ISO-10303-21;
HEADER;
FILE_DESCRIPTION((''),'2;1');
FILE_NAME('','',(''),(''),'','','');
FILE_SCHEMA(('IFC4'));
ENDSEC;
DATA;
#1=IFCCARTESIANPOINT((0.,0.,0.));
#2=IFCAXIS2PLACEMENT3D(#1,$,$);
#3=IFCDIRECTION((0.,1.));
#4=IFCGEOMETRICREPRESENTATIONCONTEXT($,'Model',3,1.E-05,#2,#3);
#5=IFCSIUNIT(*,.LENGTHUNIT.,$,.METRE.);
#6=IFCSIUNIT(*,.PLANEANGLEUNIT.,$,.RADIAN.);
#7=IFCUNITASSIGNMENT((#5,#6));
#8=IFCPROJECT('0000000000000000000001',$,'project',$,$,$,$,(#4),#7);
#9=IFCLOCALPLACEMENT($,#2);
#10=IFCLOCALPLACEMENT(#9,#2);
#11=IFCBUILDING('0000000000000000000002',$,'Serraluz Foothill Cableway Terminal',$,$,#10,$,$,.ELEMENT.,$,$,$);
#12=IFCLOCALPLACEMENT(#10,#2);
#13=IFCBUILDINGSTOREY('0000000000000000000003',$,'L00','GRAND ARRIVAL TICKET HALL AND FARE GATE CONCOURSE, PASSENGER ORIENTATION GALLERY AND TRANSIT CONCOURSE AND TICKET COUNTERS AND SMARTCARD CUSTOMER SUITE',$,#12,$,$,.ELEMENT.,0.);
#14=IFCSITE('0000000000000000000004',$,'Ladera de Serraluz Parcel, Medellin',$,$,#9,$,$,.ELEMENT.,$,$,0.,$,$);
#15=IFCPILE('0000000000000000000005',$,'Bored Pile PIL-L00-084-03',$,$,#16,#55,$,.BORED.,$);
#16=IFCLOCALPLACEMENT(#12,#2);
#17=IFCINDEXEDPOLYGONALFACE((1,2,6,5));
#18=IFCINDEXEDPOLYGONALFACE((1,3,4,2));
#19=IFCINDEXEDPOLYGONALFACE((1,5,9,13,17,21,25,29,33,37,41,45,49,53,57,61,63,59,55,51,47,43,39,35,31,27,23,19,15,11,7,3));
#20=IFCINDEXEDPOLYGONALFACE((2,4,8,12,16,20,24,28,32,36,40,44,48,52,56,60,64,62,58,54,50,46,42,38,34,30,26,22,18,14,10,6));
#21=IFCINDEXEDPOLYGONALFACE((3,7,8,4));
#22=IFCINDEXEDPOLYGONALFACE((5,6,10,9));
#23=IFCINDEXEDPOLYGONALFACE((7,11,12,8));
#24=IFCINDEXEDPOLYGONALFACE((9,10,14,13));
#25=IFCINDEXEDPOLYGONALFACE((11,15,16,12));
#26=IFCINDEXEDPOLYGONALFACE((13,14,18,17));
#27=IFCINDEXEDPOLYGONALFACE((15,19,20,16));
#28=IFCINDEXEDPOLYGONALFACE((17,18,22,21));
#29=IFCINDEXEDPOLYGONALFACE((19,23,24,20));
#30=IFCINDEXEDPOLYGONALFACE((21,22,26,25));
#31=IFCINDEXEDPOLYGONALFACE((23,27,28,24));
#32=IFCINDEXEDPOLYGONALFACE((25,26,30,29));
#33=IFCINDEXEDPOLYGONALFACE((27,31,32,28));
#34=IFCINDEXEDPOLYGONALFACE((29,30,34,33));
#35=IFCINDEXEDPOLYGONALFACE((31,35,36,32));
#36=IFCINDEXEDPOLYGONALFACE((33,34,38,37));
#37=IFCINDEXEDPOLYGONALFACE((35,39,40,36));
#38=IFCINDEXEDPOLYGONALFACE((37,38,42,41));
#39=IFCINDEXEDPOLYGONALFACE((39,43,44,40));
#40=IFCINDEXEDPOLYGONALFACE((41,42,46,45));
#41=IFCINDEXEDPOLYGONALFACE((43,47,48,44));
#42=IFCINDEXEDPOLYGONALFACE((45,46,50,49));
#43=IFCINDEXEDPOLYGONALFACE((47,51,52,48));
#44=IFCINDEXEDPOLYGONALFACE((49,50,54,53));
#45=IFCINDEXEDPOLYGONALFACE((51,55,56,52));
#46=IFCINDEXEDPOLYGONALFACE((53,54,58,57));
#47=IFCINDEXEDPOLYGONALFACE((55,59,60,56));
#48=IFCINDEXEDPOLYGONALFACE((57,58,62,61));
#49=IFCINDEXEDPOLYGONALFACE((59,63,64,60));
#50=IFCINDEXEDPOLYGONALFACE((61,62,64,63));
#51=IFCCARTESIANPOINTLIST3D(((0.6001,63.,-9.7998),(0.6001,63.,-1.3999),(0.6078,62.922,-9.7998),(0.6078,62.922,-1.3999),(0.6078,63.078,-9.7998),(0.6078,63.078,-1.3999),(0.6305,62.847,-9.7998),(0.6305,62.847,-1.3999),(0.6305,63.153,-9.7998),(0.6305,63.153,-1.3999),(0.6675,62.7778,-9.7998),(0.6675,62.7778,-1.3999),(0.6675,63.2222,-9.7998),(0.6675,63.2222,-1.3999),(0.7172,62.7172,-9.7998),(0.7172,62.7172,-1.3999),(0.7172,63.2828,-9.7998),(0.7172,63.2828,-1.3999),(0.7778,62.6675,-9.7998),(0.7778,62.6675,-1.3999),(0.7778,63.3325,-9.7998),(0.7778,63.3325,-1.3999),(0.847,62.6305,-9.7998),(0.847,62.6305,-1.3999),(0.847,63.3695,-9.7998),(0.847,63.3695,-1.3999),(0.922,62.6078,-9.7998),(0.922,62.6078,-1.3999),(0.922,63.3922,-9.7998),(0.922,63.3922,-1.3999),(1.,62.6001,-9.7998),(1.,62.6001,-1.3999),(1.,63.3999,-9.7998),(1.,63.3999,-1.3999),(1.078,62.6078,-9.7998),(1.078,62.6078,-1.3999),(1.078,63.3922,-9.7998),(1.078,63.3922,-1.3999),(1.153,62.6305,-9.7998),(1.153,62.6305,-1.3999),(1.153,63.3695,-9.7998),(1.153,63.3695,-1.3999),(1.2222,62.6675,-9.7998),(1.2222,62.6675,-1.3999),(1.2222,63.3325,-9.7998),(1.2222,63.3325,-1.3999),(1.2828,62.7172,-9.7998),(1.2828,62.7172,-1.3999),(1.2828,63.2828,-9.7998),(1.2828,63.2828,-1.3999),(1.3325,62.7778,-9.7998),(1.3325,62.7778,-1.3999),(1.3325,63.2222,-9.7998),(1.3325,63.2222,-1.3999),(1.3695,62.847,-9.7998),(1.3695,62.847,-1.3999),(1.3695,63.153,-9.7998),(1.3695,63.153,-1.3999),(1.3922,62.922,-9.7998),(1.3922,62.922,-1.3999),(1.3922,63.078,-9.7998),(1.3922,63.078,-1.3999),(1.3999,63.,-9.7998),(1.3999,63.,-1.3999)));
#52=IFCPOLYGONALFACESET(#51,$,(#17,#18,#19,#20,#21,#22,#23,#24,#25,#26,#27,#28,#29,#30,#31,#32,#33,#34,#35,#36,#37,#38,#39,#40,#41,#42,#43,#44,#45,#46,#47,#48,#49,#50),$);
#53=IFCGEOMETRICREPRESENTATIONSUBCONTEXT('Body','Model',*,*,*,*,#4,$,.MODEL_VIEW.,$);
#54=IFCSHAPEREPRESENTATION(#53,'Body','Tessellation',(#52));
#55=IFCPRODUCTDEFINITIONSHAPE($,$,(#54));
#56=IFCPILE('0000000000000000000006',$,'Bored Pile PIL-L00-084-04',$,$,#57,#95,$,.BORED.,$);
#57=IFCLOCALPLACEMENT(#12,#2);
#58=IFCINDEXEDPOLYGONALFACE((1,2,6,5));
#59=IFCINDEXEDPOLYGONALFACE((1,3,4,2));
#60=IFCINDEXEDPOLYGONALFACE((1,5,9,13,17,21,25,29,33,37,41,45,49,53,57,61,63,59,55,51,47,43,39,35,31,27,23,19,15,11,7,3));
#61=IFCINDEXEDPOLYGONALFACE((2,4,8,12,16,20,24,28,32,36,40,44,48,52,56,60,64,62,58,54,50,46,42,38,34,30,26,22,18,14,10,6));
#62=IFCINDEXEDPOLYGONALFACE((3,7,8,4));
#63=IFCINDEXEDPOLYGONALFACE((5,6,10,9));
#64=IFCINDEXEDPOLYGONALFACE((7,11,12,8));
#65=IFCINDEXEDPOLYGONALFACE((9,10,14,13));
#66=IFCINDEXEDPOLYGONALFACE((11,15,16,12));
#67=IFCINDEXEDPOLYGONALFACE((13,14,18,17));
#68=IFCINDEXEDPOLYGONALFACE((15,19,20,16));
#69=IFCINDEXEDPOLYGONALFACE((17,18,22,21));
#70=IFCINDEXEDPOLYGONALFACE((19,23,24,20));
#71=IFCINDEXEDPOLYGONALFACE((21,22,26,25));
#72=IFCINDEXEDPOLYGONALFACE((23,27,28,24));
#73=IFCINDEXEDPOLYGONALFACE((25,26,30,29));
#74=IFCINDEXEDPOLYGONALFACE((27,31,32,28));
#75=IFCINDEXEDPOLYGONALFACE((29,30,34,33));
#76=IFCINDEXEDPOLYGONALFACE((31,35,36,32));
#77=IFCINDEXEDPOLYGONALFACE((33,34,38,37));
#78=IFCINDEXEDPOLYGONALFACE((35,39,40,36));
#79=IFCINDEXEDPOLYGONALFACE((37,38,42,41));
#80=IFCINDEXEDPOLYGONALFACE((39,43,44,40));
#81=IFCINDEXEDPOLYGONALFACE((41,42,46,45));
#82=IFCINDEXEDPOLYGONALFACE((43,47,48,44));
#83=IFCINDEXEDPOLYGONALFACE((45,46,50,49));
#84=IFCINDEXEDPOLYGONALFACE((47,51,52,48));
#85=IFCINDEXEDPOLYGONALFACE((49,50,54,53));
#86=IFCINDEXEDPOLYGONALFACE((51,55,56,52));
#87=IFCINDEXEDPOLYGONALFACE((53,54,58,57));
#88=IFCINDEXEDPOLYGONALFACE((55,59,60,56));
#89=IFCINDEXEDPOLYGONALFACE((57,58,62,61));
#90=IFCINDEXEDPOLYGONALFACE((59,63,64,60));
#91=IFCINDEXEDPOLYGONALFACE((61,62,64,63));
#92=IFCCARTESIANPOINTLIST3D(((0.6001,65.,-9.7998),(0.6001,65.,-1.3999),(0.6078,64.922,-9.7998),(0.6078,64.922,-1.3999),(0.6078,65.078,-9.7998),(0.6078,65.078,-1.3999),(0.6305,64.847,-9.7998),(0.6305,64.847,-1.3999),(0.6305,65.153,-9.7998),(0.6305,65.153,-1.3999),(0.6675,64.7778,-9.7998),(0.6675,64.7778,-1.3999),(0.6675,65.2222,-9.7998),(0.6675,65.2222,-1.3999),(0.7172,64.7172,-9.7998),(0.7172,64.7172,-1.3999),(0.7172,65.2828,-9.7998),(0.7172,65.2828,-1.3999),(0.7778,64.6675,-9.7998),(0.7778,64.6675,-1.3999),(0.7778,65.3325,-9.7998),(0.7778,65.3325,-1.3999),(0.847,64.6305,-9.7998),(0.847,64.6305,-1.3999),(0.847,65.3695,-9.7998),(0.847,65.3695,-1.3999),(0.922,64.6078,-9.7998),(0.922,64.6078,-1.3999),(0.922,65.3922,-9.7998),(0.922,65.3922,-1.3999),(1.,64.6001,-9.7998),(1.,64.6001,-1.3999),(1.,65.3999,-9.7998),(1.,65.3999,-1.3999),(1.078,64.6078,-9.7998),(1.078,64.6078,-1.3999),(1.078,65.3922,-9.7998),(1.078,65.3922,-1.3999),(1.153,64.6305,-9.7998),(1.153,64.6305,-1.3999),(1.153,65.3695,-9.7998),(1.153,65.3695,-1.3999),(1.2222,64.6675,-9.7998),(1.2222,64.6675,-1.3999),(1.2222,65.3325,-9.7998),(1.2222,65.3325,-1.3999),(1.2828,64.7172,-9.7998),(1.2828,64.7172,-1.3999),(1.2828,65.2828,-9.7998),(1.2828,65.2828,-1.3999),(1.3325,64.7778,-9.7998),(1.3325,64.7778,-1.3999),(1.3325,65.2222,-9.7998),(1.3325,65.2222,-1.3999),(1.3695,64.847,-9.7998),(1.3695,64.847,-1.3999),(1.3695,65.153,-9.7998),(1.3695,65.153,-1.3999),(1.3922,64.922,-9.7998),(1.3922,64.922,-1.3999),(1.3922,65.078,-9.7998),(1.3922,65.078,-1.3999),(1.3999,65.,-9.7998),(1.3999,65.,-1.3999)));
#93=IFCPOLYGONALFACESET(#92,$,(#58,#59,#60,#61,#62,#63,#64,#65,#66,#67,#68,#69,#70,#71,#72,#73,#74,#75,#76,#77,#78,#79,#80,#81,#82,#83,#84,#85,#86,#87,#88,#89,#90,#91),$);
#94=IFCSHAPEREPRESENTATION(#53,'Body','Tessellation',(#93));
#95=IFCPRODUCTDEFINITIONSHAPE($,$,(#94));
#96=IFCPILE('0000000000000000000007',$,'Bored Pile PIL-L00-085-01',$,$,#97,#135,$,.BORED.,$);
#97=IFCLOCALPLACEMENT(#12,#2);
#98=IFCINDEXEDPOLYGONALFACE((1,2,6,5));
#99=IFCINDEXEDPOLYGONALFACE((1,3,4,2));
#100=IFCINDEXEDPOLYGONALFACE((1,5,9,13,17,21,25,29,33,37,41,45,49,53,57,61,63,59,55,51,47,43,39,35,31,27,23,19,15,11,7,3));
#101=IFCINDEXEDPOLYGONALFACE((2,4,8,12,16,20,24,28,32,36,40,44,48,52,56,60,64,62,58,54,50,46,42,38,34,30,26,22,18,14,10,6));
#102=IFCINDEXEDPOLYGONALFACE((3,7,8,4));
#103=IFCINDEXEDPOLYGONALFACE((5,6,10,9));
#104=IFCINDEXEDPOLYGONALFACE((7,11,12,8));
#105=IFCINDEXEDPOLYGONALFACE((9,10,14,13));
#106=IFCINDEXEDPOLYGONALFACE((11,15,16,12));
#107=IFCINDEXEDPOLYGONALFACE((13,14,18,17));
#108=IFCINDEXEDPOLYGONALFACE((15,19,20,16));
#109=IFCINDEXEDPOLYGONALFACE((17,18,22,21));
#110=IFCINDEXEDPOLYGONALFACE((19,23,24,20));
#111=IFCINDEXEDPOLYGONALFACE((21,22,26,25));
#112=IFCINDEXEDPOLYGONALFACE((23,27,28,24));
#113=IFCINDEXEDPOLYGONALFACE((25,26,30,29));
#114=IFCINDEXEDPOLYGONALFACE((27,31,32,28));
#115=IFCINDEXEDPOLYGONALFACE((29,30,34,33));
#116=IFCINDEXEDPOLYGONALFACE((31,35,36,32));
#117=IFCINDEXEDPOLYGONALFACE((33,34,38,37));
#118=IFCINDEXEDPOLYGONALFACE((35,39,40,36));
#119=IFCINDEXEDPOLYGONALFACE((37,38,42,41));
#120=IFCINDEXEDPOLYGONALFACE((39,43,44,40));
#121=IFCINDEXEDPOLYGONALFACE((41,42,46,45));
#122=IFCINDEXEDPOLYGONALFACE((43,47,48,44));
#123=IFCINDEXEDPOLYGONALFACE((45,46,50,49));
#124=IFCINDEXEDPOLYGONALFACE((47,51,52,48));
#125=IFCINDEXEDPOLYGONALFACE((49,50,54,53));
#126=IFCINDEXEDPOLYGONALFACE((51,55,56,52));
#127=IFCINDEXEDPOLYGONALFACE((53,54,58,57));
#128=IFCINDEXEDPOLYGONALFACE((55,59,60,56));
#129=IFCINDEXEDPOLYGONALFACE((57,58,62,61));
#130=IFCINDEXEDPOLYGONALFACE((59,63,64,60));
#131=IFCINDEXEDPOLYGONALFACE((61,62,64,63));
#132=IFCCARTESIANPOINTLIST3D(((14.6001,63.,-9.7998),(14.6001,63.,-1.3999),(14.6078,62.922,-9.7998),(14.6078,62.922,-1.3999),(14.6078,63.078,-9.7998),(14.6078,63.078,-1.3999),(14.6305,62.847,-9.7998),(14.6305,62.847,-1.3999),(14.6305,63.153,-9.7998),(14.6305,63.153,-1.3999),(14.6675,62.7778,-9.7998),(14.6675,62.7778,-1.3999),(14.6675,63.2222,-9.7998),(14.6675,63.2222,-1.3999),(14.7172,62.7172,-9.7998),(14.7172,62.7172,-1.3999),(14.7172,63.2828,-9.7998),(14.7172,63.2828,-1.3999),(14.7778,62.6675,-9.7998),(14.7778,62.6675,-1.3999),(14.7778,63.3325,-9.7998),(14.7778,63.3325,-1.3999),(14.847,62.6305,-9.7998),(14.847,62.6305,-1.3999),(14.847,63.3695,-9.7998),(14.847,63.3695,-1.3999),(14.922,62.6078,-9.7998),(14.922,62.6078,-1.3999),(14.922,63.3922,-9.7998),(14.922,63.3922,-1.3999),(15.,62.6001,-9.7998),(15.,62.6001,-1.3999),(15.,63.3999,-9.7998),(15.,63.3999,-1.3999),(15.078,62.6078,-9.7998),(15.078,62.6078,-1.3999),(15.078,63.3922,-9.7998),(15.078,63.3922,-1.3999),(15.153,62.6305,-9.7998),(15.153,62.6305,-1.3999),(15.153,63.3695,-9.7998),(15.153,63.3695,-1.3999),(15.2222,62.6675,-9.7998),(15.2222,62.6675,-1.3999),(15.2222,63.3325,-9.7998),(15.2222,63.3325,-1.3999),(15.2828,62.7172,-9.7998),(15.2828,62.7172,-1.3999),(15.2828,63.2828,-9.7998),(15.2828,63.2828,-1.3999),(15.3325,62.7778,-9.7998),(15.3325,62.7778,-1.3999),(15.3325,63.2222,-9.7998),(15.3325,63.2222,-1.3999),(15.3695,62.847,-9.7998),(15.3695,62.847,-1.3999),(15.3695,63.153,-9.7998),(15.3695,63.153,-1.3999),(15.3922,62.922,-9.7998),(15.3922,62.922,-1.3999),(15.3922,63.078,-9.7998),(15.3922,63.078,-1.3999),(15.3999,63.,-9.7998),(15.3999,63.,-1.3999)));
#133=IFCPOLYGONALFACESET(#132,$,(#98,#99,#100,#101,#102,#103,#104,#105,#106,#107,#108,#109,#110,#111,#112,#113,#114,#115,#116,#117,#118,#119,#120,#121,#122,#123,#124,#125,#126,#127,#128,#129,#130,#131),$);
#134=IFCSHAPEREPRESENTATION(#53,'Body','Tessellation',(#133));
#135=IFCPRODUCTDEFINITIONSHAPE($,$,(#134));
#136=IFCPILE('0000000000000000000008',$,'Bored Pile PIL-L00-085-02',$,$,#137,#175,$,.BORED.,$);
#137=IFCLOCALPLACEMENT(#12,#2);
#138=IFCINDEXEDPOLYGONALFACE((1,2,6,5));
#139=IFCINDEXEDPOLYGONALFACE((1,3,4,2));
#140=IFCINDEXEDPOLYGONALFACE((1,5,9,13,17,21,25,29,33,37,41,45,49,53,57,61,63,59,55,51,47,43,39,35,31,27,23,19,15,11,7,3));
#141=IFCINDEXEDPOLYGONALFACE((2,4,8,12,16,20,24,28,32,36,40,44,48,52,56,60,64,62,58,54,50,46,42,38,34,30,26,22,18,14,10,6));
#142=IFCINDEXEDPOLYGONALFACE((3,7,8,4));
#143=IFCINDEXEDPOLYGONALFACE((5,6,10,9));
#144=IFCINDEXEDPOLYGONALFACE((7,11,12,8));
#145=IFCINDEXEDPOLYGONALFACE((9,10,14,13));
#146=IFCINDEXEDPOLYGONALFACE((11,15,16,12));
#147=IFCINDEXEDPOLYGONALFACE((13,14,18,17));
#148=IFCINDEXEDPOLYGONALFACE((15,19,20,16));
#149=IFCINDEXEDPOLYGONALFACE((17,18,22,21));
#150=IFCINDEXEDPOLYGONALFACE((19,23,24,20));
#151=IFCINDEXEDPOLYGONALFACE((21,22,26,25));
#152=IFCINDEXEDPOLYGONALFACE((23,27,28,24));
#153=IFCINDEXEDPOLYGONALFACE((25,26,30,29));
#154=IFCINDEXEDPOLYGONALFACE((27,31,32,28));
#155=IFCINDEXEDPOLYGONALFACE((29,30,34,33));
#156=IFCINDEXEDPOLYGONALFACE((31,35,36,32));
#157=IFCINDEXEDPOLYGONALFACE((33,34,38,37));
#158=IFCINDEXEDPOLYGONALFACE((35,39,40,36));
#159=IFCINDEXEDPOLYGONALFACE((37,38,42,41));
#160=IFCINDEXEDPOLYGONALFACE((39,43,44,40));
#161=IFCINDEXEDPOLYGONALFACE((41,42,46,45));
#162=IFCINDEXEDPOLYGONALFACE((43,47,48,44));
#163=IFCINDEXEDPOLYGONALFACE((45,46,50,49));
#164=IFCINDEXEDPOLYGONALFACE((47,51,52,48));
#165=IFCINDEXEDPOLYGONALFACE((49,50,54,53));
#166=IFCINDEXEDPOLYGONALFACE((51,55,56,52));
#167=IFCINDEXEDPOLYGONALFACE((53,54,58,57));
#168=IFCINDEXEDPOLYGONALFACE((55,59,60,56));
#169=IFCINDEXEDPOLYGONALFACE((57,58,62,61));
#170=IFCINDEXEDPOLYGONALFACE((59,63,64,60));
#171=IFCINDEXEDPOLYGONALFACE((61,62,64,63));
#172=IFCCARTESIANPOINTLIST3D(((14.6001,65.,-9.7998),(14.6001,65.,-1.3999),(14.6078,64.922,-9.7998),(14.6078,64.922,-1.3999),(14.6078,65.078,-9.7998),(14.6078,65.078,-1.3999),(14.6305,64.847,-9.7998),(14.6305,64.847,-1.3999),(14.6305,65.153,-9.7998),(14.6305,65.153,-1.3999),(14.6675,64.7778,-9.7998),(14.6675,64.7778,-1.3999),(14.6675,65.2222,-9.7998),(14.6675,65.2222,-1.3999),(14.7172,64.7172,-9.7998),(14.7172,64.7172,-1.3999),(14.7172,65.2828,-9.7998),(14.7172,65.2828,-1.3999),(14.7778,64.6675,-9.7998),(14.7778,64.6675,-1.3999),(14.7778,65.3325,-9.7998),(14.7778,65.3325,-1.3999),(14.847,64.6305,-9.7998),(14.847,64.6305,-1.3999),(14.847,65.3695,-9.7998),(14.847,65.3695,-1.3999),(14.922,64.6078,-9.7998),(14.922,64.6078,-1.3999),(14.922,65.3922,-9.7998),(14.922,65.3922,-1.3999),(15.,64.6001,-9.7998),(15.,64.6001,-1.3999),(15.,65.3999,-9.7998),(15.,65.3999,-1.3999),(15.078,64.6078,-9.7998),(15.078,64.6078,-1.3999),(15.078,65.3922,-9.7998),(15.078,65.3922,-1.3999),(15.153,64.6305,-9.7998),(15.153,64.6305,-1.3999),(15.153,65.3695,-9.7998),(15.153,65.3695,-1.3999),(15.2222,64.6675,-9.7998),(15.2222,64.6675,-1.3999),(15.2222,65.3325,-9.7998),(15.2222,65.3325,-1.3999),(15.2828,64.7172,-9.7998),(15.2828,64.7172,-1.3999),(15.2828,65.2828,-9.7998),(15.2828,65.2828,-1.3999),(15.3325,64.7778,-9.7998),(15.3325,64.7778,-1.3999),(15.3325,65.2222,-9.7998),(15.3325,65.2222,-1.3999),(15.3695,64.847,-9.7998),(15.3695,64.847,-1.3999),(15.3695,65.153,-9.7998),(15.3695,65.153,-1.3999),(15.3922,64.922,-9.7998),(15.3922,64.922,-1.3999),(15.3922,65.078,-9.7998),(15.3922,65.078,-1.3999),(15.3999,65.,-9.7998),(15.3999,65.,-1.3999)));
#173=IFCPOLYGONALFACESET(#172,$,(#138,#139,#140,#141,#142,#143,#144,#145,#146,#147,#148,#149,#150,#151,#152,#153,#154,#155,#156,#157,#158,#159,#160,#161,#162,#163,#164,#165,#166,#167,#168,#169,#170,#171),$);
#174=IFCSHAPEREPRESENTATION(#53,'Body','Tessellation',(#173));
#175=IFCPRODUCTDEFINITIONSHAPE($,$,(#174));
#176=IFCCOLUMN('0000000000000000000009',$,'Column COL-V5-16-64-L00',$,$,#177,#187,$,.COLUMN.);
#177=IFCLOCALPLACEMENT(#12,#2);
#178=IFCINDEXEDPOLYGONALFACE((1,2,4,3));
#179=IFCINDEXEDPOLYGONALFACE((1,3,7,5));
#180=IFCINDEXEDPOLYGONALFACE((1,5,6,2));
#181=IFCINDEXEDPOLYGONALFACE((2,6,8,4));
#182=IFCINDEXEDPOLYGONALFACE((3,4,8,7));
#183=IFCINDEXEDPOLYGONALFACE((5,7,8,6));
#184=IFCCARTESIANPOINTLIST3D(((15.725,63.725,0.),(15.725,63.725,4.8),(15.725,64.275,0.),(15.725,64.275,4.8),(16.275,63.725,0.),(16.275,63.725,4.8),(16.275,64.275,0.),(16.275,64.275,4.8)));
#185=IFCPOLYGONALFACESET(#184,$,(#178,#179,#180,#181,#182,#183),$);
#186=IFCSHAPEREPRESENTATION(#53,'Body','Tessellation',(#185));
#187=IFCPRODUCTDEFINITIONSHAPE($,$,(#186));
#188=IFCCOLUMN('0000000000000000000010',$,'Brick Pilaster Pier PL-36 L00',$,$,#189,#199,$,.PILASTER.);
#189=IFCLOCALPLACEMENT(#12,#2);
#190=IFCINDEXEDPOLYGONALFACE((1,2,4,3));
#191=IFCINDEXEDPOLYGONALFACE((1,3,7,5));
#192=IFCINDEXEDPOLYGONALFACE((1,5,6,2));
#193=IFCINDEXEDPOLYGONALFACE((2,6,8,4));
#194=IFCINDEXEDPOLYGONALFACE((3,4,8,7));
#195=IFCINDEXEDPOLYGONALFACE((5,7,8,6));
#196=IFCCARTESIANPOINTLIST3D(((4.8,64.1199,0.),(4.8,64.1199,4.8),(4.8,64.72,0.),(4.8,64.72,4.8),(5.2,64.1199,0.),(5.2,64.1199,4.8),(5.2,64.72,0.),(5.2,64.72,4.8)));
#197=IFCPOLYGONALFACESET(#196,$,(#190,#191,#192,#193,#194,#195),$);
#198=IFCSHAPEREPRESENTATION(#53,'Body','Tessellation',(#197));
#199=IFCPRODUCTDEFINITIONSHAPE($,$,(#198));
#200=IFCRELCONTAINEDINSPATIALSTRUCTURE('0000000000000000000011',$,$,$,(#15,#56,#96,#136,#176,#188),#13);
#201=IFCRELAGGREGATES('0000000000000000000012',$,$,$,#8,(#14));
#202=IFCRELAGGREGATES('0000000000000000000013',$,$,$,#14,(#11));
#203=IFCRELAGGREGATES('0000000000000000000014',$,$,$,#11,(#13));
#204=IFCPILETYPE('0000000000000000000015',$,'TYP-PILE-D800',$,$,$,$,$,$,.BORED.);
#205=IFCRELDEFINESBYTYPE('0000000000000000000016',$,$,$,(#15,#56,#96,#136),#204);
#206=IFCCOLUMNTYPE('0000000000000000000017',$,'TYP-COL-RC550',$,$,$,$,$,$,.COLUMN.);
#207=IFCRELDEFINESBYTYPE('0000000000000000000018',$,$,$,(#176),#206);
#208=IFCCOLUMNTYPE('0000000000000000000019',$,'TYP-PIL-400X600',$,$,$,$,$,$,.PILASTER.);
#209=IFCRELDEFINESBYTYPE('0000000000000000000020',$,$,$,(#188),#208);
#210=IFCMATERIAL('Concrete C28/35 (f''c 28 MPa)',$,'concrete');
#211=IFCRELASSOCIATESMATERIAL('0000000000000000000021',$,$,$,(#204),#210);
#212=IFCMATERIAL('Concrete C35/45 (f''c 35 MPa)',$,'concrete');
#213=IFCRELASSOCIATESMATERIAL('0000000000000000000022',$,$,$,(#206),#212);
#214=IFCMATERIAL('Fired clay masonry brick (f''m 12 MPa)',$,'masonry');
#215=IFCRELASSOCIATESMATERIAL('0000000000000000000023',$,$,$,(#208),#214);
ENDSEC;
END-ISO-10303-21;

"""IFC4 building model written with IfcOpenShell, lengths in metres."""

from ifc_helpers import new_model, si_unit, direction, frame, origin, origin_2d, place, context, subcontext, project, spatial, rectangle, circle, extrude, material, material_profile, profile_set, type_object, element, save


model = new_model("IFC4")

# Units and contexts
model_context = context("Model", 3, precision=1e-05, world=origin(), true_north=direction((0.0, 1.0)))
body_context = subcontext(model_context, "Body", "Model", "MODEL_VIEW")
ifc_project = project(units=[si_unit("LENGTHUNIT", "METRE"), si_unit("PLANEANGLEUNIT", "RADIAN")], contexts=[model_context])

# Site, building, storey
site_placement = place(None, origin())
site = spatial("IfcSite", under=ifc_project, at=site_placement, Name="Ladera de Serraluz Parcel, Medellin", CompositionType="ELEMENT", RefElevation=0.0)
building_placement = place(site_placement, origin())
building = spatial("IfcBuilding", under=site, at=building_placement, Name="Serraluz Foothill Cableway Terminal", CompositionType="ELEMENT")
storey_placement = place(building_placement, origin())
storey = spatial("IfcBuildingStorey", under=building, at=storey_placement, Name="L00", Description="GRAND ARRIVAL TICKET HALL AND FARE GATE CONCOURSE, PASSENGER ORIENTATION GALLERY AND TRANSIT CONCOURSE AND TICKET COUNTERS AND SMARTCARD CUSTOMER SUITE", CompositionType="ELEMENT", Elevation=0.0)

# Shared definitions
ifc_material_1 = material(Name="Concrete C35/45 (f'c 35 MPa)", Category="concrete")

# Piles
ifc_material_2 = material(Name="Concrete C28/35 (f'c 28 MPa)", Category="concrete")
ifc_material_profile_1 = material_profile(ifc_material_2, circle(Radius=0.3999, at=origin_2d()), Name="BORED PILE D800")
ifc_profile_set_1 = profile_set([ifc_material_profile_1], Name="Concrete C28/35 (f'c 28 MPa)")
pile_type = type_object("IfcPileType", Name="TYP-PILE-D800", PredefinedType="BORED", material=ifc_profile_set_1)
for number, where, z_axis, x_axis, name in (
    (1, (1.0, 63.0, -1.3999), (0.0, 0.0, -1.0), (1.0, 0.0, 0.0), "Bored Pile PIL-L00-084-03"),
    (2, (1.0, 65.0, -1.3999), (0.0, 0.0, -1.0), (1.0, 0.0, 0.0), "Bored Pile PIL-L00-084-04"),
    (3, (15.0, 63.0, -1.3999), (0.0, 0.0, -1.0), (1.0, 0.0, 0.0), "Bored Pile PIL-L00-085-01"),
    (4, (15.0, 65.0, -1.3999), (0.0, 0.0, -1.0), (1.0, 0.0, 0.0), "Bored Pile PIL-L00-085-02"),
):
    element("IfcPile", number, at=place(storey_placement, frame(where, z_axis=z_axis, x_axis=x_axis)), inside=storey, type_object=pile_type, Name=name, PredefinedType="BORED", context=body_context, shape_type="SweptSolid", body=[
        extrude(circle(Radius=0.3999, at=origin_2d()), origin(), (0.0, 0.0, 1.0), 8.3999),
    ])

# Columns
ifc_material_profile_2 = material_profile(ifc_material_1, rectangle(XDim=0.55, YDim=0.55, at=origin_2d()), Name="RC 550x550")
ifc_profile_set_2 = profile_set([ifc_material_profile_2], Name="Concrete C35/45 (f'c 35 MPa)")
column_type_1 = type_object("IfcColumnType", Name="TYP-COL-RC550", PredefinedType="COLUMN", material=ifc_profile_set_2)
column_placement = place(storey_placement, frame((16.0, 64.0, 0.0), z_axis=(0.0, 0.0, 1.0), x_axis=(1.0, 0.0, 0.0)))
element("IfcColumn", 5, at=column_placement, inside=storey, type_object=column_type_1, Name="Column COL-V5-16-64-L00", PredefinedType="COLUMN", context=body_context, shape_type="SweptSolid", body=[
    extrude(rectangle(XDim=0.55, YDim=0.55, at=origin_2d()), origin(), (0.0, 0.0, 1.0), 4.8),
])
ifc_material_3 = material(Name="Fired clay masonry brick (f'm 12 MPa)", Category="masonry")
ifc_material_profile_3 = material_profile(ifc_material_3, rectangle(XDim=0.3999, YDim=0.6001, at=origin_2d()), Name="PIL 400x600")
ifc_profile_set_3 = profile_set([ifc_material_profile_3], Name="Fired clay masonry brick (f'm 12 MPa)")
column_type_2 = type_object("IfcColumnType", Name="TYP-PIL-400X600", PredefinedType="PILASTER", material=ifc_profile_set_3)
for number, where, z_axis, x_axis, name in (
    (6, (5.0, 64.4199, 0.0), (0.0, 0.0, 1.0), (1.0, 0.0, 0.0), "Brick Pilaster Pier PL-36 L00"),
):
    element("IfcColumn", number, at=place(storey_placement, frame(where, z_axis=z_axis, x_axis=x_axis)), inside=storey, type_object=column_type_2, Name=name, PredefinedType="PILASTER", context=body_context, shape_type="SweptSolid", body=[
        extrude(rectangle(XDim=0.3999, YDim=0.6001, at=origin_2d()), origin(), (0.0, 0.0, 1.0), 4.8),
    ])

save(model, "model.ifc")
